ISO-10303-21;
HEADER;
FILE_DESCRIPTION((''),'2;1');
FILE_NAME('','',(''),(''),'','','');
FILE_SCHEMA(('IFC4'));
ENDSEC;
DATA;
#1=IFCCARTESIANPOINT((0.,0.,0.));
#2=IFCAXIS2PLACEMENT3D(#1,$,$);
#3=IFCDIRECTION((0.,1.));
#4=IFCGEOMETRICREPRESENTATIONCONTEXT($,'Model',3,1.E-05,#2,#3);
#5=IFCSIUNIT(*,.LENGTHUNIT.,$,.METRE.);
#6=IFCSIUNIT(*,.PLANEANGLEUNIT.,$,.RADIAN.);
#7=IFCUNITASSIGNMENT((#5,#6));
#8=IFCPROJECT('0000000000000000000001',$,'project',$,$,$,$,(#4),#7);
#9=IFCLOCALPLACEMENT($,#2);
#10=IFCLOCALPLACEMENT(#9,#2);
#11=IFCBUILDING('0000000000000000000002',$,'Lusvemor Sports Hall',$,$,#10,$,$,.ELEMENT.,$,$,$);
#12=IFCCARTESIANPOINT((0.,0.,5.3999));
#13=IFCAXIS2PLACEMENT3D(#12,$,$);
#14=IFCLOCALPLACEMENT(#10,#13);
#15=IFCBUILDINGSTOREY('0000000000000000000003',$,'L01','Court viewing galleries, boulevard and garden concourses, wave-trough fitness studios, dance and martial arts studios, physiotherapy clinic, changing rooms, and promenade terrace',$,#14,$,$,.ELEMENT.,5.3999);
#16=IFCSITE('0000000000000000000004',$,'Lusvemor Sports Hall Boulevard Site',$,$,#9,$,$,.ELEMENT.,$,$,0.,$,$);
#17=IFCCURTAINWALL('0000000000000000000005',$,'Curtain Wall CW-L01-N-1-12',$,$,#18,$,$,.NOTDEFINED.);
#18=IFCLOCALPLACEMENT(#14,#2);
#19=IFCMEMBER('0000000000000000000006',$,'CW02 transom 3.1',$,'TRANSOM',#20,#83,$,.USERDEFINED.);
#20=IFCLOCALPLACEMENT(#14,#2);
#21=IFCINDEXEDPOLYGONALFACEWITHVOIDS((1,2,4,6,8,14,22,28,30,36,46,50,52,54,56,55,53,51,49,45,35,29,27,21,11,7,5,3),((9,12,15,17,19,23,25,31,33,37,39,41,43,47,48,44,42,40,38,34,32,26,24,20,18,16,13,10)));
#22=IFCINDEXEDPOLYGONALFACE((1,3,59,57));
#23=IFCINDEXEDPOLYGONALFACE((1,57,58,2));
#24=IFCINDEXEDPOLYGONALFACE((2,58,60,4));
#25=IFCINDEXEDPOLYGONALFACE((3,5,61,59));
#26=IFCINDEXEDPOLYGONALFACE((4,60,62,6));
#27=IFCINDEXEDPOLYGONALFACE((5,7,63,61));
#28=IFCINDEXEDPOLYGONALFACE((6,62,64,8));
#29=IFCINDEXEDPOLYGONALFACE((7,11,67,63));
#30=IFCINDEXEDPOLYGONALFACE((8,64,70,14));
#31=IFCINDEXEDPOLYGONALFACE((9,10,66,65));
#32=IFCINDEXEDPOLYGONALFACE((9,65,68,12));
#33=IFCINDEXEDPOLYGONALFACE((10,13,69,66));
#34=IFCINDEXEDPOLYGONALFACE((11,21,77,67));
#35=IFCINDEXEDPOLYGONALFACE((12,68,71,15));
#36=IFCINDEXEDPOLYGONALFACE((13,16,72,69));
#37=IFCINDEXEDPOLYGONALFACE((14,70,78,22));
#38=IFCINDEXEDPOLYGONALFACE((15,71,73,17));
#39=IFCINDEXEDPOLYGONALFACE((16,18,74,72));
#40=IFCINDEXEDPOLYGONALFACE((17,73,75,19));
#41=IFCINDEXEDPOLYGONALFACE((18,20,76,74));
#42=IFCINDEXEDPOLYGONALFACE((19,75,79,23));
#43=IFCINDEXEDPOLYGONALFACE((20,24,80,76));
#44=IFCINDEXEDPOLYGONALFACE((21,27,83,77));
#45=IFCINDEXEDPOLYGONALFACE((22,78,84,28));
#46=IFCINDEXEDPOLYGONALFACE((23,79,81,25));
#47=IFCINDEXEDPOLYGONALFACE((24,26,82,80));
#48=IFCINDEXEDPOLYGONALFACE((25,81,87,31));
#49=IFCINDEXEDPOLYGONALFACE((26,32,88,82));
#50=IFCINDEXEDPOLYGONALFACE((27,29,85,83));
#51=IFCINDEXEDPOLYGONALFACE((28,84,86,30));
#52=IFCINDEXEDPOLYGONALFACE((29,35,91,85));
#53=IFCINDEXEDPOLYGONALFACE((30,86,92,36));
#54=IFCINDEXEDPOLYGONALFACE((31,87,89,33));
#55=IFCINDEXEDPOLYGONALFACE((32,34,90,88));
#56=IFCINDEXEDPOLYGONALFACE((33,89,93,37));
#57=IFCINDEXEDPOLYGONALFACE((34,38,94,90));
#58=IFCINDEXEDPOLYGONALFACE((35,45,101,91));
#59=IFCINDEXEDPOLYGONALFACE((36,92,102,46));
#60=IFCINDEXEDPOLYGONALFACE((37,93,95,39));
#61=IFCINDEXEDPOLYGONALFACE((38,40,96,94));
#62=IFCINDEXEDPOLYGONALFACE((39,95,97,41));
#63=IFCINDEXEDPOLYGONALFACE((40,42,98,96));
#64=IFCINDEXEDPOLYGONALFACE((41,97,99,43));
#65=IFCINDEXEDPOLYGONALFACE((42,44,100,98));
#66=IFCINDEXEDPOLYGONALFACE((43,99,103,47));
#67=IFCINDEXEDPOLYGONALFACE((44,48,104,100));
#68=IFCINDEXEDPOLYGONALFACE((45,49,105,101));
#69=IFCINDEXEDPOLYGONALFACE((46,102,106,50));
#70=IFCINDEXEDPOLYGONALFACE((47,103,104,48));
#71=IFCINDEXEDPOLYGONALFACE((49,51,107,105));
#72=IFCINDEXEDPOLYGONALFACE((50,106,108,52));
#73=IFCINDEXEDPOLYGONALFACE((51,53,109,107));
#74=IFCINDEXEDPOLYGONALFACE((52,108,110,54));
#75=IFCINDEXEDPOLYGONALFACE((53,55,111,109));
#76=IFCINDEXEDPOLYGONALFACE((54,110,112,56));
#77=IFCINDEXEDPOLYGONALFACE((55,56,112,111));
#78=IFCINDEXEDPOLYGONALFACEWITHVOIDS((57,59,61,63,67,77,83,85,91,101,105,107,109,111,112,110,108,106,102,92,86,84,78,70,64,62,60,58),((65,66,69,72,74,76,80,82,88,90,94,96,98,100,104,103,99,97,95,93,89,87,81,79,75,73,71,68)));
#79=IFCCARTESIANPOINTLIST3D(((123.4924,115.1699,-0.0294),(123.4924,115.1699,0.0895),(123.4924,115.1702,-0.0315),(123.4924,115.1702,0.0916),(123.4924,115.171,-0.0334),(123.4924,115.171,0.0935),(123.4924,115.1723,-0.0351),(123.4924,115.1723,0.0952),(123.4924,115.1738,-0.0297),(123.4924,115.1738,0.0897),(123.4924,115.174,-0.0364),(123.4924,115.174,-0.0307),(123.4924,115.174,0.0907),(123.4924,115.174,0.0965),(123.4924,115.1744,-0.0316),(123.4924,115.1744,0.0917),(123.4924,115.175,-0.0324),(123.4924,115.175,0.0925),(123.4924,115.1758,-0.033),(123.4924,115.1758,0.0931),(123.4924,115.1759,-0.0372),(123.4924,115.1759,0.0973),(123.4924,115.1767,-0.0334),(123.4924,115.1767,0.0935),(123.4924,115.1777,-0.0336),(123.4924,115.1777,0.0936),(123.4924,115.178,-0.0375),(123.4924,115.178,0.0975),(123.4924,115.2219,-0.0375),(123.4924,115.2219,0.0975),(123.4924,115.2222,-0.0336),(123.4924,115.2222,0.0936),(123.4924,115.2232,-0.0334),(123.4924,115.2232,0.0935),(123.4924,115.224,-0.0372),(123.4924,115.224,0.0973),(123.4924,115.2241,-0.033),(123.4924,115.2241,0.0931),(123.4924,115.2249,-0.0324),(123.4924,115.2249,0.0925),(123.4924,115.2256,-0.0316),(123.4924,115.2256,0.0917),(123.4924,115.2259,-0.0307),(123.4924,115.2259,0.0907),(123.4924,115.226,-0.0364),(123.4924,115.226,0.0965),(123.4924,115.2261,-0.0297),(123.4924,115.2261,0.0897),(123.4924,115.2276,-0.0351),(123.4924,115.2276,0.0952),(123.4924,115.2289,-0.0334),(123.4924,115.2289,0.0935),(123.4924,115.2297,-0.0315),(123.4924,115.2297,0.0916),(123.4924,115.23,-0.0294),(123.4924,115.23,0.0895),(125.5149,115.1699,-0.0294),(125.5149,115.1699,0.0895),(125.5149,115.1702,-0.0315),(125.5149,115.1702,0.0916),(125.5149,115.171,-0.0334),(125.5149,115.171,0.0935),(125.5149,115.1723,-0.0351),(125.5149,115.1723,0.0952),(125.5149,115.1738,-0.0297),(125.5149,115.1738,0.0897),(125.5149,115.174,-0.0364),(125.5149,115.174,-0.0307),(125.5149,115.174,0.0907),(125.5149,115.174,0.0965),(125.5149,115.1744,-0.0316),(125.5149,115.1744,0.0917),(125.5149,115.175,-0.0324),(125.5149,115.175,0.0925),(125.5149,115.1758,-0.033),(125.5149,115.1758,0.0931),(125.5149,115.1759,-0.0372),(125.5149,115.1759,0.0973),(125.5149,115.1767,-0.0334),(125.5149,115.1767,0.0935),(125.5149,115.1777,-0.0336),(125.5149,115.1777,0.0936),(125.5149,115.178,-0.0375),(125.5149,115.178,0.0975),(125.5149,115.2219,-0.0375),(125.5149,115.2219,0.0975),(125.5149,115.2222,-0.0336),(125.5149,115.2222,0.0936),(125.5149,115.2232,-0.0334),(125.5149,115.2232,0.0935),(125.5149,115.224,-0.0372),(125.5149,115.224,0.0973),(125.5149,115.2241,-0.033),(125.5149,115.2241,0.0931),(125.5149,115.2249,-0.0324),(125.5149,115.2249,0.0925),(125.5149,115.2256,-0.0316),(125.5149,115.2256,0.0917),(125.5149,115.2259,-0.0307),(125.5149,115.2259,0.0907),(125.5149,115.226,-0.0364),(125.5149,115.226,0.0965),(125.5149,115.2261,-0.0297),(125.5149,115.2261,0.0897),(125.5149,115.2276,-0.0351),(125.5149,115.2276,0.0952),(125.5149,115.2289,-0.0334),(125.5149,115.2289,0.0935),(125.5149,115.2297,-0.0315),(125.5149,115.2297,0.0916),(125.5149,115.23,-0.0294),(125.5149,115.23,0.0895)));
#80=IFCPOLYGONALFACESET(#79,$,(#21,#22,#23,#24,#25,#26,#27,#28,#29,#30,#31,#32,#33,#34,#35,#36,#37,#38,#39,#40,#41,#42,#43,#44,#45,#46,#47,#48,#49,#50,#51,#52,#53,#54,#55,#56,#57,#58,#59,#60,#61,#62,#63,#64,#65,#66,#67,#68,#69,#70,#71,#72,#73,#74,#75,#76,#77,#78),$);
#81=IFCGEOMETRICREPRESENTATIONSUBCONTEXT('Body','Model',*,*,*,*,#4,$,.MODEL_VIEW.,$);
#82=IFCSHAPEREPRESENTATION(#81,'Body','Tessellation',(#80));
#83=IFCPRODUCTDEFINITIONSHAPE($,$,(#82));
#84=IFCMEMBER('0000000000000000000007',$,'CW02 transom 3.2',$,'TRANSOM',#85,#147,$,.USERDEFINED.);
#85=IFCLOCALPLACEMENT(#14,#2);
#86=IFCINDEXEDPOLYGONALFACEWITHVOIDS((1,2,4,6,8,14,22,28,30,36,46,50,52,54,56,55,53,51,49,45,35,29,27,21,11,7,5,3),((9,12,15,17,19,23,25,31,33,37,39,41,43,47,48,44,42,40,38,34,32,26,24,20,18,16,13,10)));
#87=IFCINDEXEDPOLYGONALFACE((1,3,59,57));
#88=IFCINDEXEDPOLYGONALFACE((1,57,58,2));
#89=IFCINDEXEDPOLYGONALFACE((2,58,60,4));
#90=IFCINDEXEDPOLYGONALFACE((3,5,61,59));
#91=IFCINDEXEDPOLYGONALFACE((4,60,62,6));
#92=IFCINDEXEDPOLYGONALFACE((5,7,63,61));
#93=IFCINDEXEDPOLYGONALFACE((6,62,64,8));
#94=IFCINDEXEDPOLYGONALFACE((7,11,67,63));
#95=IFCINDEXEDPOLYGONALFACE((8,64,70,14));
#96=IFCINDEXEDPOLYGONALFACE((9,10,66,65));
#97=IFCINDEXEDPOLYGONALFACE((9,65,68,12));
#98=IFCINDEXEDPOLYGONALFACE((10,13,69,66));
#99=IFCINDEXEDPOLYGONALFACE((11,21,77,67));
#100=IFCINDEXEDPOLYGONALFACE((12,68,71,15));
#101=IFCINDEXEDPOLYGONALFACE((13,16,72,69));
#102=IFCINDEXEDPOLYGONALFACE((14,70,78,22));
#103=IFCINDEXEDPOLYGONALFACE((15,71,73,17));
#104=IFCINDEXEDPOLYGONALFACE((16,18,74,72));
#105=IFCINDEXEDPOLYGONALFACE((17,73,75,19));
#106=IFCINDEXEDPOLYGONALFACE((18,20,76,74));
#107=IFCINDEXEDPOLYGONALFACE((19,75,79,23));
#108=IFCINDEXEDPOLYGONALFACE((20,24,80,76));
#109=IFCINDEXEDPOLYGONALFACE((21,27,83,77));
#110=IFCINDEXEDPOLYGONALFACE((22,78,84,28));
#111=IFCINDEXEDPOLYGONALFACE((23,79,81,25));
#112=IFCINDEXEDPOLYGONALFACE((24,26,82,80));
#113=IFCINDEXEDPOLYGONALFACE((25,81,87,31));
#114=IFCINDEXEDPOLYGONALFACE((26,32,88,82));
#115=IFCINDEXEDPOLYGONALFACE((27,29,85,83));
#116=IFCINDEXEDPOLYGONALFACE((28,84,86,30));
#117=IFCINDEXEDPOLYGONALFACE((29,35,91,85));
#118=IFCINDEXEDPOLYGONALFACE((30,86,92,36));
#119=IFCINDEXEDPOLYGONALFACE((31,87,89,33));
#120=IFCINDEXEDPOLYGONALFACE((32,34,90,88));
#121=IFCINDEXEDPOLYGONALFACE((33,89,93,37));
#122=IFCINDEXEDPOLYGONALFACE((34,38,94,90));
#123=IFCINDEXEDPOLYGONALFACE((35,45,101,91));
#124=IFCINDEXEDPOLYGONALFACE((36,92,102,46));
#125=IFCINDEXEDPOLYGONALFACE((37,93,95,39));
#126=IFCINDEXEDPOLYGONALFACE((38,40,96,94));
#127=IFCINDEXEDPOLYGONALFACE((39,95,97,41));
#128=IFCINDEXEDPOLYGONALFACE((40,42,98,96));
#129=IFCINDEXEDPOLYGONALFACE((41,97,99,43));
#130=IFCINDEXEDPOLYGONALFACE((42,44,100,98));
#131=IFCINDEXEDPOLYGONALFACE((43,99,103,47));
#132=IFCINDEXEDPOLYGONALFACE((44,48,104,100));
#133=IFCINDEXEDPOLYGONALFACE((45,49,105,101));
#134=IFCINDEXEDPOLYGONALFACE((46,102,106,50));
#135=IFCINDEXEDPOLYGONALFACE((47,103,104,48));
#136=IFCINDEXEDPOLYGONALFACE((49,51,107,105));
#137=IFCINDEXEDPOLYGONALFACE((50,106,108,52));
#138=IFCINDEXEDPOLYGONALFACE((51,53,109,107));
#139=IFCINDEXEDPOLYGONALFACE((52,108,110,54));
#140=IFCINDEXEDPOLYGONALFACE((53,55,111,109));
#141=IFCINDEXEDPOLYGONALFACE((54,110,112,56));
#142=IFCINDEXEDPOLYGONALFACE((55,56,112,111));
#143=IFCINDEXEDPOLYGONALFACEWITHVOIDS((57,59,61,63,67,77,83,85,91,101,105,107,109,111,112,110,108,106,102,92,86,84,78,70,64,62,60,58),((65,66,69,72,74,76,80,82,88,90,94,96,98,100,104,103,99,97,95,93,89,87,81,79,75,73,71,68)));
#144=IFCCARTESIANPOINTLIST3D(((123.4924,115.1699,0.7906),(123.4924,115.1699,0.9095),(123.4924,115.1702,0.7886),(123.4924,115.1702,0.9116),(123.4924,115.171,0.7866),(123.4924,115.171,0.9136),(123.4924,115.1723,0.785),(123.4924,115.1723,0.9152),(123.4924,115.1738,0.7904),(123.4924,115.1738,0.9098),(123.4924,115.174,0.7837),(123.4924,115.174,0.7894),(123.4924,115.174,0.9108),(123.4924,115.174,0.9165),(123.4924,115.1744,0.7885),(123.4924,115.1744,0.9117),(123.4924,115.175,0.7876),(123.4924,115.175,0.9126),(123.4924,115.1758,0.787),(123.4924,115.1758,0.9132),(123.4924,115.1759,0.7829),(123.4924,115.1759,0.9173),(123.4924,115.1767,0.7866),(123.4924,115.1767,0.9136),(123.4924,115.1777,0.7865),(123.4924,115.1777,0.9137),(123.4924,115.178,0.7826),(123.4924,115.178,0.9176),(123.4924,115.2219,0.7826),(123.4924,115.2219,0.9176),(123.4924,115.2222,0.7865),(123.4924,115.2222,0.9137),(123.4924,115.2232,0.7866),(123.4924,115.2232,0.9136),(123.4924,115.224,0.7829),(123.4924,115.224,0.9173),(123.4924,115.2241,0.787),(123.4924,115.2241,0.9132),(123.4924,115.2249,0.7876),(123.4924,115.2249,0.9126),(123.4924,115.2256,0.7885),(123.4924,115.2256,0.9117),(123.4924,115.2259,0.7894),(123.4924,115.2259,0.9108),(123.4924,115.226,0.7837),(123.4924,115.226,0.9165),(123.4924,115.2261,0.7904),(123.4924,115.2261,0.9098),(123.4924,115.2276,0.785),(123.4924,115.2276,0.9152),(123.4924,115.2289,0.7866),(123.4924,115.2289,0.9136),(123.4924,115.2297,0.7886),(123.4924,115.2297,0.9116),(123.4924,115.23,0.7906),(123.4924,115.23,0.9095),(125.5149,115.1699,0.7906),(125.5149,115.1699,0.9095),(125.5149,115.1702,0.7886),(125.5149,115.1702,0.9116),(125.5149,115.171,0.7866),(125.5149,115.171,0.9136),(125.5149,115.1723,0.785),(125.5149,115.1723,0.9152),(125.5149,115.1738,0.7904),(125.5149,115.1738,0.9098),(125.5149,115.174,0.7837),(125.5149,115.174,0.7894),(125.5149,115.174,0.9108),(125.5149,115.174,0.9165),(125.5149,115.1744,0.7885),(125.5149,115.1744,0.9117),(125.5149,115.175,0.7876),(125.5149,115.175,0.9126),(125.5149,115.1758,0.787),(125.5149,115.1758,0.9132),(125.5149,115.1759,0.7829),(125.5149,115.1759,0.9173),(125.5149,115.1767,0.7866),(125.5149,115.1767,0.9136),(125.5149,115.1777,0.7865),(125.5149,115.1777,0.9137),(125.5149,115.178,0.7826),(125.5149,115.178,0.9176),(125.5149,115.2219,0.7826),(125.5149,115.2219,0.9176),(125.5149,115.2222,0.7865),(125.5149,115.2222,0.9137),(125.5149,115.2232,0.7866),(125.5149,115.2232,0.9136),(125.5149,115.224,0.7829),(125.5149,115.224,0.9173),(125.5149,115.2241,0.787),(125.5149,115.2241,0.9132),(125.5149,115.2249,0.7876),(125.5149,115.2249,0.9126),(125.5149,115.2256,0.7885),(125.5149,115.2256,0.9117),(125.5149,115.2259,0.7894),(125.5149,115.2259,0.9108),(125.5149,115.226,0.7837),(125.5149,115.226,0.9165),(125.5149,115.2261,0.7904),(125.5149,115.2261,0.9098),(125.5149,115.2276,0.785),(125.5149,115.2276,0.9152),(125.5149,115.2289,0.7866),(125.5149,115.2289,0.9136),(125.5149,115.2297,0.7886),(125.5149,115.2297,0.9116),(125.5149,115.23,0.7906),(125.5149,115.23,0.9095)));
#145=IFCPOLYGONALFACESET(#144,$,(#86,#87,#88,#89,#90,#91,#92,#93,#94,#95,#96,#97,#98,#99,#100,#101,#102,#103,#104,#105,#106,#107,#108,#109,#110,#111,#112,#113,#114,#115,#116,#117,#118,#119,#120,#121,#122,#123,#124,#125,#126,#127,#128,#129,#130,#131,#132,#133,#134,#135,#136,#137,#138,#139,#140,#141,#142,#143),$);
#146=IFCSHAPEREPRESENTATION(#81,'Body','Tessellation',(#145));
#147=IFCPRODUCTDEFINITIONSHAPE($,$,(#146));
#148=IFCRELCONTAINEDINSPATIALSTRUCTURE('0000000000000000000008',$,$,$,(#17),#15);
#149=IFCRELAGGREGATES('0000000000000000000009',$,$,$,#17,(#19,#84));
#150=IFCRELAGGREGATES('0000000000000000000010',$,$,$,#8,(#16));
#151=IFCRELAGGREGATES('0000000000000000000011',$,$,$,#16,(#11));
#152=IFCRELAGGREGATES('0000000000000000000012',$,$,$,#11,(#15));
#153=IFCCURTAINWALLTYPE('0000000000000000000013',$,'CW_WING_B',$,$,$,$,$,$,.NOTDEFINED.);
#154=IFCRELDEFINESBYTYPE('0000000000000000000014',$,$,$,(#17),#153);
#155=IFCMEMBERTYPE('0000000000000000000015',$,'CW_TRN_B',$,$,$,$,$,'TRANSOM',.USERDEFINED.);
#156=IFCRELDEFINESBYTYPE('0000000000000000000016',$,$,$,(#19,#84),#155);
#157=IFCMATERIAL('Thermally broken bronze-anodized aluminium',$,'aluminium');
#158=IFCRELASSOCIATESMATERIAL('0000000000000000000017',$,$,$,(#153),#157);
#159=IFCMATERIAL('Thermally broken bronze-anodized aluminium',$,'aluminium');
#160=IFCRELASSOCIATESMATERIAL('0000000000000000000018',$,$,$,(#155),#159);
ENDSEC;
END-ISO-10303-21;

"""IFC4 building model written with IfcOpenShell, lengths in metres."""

from ifc_helpers import new_model, si_unit, direction, frame, origin, origin_2d, place, context, subcontext, project, spatial, hollow_rectangle, extrude, material, material_profile, profile_set, type_object, element, aggregate, save


model = new_model("IFC4")

# Units and contexts
model_context = context("Model", 3, precision=1e-05, world=origin(), true_north=direction((0.0, 1.0)))
body_context = subcontext(model_context, "Body", "Model", "MODEL_VIEW")
ifc_project = project(units=[si_unit("LENGTHUNIT", "METRE"), si_unit("PLANEANGLEUNIT", "RADIAN")], contexts=[model_context])

# Site, building, storey
site_placement = place(None, origin())
site = spatial("IfcSite", under=ifc_project, at=site_placement, Name="Lusvemor Sports Hall Boulevard Site", CompositionType="ELEMENT", RefElevation=0.0)
building_placement = place(site_placement, origin())
building = spatial("IfcBuilding", under=site, at=building_placement, Name="Lusvemor Sports Hall", CompositionType="ELEMENT")
storey_placement = place(building_placement, frame((0.0, 0.0, 5.3999)))
storey = spatial("IfcBuildingStorey", under=building, at=storey_placement, Name="L01", Description="Court viewing galleries, boulevard and garden concourses, wave-trough fitness studios, dance and martial arts studios, physiotherapy clinic, changing rooms, and promenade terrace", CompositionType="ELEMENT", Elevation=5.3999)

# Curtain wall, members
ifc_material_1 = material(Name="Thermally broken bronze-anodized aluminium", Category="aluminium")
curtain_wall_type = type_object("IfcCurtainWallType", Name="CW_WING_B", PredefinedType="NOTDEFINED", material=ifc_material_1)
curtain_wall_placement = place(storey_placement, origin())
curtain_wall = element("IfcCurtainWall", 1, at=curtain_wall_placement, inside=storey, type_object=curtain_wall_type, Name="Curtain Wall CW-L01-N-1-12", PredefinedType="NOTDEFINED")
ifc_material_2 = material(Name="Thermally broken bronze-anodized aluminium", Category="aluminium")
ifc_material_profile_1 = material_profile(ifc_material_2, hollow_rectangle(XDim=0.0601, YDim=0.135, WallThickness=0.0039, InnerFilletRadius=0.0039, OuterFilletRadius=0.0081, at=origin_2d()), Name="CWTRN135x60x4")
ifc_profile_set_1 = profile_set([ifc_material_profile_1], Name="Thermally broken bronze-anodized aluminium")
member_type_1 = type_object("IfcMemberType", Name="CW_TRN_B", ElementType="TRANSOM", PredefinedType="USERDEFINED", material=ifc_profile_set_1)
member_1_placement = place(storey_placement, frame((123.4924, 115.2, 0.03), z_axis=(1.0, 0.0, 0.0), x_axis=(0.0, 1.0, 0.0)))
member_1 = element("IfcMember", 2, at=member_1_placement, type_object=member_type_1, Name="CW02 transom 3.1", ObjectType="TRANSOM", PredefinedType="USERDEFINED", context=body_context, shape_type="SweptSolid", body=[
    extrude(hollow_rectangle(XDim=0.0601, YDim=0.135, WallThickness=0.0039, InnerFilletRadius=0.0039, OuterFilletRadius=0.0081, at=origin_2d()), origin(), (0.0, 0.0, 1.0), 2.0225),
])
member_2_placement = place(storey_placement, frame((123.4924, 115.2, 0.8501), z_axis=(1.0, 0.0, 0.0), x_axis=(0.0, 1.0, 0.0)))
member_2 = element("IfcMember", 3, at=member_2_placement, type_object=member_type_1, Name="CW02 transom 3.2", ObjectType="TRANSOM", PredefinedType="USERDEFINED", context=body_context, shape_type="SweptSolid", body=[
    extrude(hollow_rectangle(XDim=0.0601, YDim=0.135, WallThickness=0.0039, InnerFilletRadius=0.0039, OuterFilletRadius=0.0081, at=origin_2d()), origin(), (0.0, 0.0, 1.0), 2.0225),
])

aggregate(curtain_wall, [member_1, member_2])

save(model, "model.ifc")
